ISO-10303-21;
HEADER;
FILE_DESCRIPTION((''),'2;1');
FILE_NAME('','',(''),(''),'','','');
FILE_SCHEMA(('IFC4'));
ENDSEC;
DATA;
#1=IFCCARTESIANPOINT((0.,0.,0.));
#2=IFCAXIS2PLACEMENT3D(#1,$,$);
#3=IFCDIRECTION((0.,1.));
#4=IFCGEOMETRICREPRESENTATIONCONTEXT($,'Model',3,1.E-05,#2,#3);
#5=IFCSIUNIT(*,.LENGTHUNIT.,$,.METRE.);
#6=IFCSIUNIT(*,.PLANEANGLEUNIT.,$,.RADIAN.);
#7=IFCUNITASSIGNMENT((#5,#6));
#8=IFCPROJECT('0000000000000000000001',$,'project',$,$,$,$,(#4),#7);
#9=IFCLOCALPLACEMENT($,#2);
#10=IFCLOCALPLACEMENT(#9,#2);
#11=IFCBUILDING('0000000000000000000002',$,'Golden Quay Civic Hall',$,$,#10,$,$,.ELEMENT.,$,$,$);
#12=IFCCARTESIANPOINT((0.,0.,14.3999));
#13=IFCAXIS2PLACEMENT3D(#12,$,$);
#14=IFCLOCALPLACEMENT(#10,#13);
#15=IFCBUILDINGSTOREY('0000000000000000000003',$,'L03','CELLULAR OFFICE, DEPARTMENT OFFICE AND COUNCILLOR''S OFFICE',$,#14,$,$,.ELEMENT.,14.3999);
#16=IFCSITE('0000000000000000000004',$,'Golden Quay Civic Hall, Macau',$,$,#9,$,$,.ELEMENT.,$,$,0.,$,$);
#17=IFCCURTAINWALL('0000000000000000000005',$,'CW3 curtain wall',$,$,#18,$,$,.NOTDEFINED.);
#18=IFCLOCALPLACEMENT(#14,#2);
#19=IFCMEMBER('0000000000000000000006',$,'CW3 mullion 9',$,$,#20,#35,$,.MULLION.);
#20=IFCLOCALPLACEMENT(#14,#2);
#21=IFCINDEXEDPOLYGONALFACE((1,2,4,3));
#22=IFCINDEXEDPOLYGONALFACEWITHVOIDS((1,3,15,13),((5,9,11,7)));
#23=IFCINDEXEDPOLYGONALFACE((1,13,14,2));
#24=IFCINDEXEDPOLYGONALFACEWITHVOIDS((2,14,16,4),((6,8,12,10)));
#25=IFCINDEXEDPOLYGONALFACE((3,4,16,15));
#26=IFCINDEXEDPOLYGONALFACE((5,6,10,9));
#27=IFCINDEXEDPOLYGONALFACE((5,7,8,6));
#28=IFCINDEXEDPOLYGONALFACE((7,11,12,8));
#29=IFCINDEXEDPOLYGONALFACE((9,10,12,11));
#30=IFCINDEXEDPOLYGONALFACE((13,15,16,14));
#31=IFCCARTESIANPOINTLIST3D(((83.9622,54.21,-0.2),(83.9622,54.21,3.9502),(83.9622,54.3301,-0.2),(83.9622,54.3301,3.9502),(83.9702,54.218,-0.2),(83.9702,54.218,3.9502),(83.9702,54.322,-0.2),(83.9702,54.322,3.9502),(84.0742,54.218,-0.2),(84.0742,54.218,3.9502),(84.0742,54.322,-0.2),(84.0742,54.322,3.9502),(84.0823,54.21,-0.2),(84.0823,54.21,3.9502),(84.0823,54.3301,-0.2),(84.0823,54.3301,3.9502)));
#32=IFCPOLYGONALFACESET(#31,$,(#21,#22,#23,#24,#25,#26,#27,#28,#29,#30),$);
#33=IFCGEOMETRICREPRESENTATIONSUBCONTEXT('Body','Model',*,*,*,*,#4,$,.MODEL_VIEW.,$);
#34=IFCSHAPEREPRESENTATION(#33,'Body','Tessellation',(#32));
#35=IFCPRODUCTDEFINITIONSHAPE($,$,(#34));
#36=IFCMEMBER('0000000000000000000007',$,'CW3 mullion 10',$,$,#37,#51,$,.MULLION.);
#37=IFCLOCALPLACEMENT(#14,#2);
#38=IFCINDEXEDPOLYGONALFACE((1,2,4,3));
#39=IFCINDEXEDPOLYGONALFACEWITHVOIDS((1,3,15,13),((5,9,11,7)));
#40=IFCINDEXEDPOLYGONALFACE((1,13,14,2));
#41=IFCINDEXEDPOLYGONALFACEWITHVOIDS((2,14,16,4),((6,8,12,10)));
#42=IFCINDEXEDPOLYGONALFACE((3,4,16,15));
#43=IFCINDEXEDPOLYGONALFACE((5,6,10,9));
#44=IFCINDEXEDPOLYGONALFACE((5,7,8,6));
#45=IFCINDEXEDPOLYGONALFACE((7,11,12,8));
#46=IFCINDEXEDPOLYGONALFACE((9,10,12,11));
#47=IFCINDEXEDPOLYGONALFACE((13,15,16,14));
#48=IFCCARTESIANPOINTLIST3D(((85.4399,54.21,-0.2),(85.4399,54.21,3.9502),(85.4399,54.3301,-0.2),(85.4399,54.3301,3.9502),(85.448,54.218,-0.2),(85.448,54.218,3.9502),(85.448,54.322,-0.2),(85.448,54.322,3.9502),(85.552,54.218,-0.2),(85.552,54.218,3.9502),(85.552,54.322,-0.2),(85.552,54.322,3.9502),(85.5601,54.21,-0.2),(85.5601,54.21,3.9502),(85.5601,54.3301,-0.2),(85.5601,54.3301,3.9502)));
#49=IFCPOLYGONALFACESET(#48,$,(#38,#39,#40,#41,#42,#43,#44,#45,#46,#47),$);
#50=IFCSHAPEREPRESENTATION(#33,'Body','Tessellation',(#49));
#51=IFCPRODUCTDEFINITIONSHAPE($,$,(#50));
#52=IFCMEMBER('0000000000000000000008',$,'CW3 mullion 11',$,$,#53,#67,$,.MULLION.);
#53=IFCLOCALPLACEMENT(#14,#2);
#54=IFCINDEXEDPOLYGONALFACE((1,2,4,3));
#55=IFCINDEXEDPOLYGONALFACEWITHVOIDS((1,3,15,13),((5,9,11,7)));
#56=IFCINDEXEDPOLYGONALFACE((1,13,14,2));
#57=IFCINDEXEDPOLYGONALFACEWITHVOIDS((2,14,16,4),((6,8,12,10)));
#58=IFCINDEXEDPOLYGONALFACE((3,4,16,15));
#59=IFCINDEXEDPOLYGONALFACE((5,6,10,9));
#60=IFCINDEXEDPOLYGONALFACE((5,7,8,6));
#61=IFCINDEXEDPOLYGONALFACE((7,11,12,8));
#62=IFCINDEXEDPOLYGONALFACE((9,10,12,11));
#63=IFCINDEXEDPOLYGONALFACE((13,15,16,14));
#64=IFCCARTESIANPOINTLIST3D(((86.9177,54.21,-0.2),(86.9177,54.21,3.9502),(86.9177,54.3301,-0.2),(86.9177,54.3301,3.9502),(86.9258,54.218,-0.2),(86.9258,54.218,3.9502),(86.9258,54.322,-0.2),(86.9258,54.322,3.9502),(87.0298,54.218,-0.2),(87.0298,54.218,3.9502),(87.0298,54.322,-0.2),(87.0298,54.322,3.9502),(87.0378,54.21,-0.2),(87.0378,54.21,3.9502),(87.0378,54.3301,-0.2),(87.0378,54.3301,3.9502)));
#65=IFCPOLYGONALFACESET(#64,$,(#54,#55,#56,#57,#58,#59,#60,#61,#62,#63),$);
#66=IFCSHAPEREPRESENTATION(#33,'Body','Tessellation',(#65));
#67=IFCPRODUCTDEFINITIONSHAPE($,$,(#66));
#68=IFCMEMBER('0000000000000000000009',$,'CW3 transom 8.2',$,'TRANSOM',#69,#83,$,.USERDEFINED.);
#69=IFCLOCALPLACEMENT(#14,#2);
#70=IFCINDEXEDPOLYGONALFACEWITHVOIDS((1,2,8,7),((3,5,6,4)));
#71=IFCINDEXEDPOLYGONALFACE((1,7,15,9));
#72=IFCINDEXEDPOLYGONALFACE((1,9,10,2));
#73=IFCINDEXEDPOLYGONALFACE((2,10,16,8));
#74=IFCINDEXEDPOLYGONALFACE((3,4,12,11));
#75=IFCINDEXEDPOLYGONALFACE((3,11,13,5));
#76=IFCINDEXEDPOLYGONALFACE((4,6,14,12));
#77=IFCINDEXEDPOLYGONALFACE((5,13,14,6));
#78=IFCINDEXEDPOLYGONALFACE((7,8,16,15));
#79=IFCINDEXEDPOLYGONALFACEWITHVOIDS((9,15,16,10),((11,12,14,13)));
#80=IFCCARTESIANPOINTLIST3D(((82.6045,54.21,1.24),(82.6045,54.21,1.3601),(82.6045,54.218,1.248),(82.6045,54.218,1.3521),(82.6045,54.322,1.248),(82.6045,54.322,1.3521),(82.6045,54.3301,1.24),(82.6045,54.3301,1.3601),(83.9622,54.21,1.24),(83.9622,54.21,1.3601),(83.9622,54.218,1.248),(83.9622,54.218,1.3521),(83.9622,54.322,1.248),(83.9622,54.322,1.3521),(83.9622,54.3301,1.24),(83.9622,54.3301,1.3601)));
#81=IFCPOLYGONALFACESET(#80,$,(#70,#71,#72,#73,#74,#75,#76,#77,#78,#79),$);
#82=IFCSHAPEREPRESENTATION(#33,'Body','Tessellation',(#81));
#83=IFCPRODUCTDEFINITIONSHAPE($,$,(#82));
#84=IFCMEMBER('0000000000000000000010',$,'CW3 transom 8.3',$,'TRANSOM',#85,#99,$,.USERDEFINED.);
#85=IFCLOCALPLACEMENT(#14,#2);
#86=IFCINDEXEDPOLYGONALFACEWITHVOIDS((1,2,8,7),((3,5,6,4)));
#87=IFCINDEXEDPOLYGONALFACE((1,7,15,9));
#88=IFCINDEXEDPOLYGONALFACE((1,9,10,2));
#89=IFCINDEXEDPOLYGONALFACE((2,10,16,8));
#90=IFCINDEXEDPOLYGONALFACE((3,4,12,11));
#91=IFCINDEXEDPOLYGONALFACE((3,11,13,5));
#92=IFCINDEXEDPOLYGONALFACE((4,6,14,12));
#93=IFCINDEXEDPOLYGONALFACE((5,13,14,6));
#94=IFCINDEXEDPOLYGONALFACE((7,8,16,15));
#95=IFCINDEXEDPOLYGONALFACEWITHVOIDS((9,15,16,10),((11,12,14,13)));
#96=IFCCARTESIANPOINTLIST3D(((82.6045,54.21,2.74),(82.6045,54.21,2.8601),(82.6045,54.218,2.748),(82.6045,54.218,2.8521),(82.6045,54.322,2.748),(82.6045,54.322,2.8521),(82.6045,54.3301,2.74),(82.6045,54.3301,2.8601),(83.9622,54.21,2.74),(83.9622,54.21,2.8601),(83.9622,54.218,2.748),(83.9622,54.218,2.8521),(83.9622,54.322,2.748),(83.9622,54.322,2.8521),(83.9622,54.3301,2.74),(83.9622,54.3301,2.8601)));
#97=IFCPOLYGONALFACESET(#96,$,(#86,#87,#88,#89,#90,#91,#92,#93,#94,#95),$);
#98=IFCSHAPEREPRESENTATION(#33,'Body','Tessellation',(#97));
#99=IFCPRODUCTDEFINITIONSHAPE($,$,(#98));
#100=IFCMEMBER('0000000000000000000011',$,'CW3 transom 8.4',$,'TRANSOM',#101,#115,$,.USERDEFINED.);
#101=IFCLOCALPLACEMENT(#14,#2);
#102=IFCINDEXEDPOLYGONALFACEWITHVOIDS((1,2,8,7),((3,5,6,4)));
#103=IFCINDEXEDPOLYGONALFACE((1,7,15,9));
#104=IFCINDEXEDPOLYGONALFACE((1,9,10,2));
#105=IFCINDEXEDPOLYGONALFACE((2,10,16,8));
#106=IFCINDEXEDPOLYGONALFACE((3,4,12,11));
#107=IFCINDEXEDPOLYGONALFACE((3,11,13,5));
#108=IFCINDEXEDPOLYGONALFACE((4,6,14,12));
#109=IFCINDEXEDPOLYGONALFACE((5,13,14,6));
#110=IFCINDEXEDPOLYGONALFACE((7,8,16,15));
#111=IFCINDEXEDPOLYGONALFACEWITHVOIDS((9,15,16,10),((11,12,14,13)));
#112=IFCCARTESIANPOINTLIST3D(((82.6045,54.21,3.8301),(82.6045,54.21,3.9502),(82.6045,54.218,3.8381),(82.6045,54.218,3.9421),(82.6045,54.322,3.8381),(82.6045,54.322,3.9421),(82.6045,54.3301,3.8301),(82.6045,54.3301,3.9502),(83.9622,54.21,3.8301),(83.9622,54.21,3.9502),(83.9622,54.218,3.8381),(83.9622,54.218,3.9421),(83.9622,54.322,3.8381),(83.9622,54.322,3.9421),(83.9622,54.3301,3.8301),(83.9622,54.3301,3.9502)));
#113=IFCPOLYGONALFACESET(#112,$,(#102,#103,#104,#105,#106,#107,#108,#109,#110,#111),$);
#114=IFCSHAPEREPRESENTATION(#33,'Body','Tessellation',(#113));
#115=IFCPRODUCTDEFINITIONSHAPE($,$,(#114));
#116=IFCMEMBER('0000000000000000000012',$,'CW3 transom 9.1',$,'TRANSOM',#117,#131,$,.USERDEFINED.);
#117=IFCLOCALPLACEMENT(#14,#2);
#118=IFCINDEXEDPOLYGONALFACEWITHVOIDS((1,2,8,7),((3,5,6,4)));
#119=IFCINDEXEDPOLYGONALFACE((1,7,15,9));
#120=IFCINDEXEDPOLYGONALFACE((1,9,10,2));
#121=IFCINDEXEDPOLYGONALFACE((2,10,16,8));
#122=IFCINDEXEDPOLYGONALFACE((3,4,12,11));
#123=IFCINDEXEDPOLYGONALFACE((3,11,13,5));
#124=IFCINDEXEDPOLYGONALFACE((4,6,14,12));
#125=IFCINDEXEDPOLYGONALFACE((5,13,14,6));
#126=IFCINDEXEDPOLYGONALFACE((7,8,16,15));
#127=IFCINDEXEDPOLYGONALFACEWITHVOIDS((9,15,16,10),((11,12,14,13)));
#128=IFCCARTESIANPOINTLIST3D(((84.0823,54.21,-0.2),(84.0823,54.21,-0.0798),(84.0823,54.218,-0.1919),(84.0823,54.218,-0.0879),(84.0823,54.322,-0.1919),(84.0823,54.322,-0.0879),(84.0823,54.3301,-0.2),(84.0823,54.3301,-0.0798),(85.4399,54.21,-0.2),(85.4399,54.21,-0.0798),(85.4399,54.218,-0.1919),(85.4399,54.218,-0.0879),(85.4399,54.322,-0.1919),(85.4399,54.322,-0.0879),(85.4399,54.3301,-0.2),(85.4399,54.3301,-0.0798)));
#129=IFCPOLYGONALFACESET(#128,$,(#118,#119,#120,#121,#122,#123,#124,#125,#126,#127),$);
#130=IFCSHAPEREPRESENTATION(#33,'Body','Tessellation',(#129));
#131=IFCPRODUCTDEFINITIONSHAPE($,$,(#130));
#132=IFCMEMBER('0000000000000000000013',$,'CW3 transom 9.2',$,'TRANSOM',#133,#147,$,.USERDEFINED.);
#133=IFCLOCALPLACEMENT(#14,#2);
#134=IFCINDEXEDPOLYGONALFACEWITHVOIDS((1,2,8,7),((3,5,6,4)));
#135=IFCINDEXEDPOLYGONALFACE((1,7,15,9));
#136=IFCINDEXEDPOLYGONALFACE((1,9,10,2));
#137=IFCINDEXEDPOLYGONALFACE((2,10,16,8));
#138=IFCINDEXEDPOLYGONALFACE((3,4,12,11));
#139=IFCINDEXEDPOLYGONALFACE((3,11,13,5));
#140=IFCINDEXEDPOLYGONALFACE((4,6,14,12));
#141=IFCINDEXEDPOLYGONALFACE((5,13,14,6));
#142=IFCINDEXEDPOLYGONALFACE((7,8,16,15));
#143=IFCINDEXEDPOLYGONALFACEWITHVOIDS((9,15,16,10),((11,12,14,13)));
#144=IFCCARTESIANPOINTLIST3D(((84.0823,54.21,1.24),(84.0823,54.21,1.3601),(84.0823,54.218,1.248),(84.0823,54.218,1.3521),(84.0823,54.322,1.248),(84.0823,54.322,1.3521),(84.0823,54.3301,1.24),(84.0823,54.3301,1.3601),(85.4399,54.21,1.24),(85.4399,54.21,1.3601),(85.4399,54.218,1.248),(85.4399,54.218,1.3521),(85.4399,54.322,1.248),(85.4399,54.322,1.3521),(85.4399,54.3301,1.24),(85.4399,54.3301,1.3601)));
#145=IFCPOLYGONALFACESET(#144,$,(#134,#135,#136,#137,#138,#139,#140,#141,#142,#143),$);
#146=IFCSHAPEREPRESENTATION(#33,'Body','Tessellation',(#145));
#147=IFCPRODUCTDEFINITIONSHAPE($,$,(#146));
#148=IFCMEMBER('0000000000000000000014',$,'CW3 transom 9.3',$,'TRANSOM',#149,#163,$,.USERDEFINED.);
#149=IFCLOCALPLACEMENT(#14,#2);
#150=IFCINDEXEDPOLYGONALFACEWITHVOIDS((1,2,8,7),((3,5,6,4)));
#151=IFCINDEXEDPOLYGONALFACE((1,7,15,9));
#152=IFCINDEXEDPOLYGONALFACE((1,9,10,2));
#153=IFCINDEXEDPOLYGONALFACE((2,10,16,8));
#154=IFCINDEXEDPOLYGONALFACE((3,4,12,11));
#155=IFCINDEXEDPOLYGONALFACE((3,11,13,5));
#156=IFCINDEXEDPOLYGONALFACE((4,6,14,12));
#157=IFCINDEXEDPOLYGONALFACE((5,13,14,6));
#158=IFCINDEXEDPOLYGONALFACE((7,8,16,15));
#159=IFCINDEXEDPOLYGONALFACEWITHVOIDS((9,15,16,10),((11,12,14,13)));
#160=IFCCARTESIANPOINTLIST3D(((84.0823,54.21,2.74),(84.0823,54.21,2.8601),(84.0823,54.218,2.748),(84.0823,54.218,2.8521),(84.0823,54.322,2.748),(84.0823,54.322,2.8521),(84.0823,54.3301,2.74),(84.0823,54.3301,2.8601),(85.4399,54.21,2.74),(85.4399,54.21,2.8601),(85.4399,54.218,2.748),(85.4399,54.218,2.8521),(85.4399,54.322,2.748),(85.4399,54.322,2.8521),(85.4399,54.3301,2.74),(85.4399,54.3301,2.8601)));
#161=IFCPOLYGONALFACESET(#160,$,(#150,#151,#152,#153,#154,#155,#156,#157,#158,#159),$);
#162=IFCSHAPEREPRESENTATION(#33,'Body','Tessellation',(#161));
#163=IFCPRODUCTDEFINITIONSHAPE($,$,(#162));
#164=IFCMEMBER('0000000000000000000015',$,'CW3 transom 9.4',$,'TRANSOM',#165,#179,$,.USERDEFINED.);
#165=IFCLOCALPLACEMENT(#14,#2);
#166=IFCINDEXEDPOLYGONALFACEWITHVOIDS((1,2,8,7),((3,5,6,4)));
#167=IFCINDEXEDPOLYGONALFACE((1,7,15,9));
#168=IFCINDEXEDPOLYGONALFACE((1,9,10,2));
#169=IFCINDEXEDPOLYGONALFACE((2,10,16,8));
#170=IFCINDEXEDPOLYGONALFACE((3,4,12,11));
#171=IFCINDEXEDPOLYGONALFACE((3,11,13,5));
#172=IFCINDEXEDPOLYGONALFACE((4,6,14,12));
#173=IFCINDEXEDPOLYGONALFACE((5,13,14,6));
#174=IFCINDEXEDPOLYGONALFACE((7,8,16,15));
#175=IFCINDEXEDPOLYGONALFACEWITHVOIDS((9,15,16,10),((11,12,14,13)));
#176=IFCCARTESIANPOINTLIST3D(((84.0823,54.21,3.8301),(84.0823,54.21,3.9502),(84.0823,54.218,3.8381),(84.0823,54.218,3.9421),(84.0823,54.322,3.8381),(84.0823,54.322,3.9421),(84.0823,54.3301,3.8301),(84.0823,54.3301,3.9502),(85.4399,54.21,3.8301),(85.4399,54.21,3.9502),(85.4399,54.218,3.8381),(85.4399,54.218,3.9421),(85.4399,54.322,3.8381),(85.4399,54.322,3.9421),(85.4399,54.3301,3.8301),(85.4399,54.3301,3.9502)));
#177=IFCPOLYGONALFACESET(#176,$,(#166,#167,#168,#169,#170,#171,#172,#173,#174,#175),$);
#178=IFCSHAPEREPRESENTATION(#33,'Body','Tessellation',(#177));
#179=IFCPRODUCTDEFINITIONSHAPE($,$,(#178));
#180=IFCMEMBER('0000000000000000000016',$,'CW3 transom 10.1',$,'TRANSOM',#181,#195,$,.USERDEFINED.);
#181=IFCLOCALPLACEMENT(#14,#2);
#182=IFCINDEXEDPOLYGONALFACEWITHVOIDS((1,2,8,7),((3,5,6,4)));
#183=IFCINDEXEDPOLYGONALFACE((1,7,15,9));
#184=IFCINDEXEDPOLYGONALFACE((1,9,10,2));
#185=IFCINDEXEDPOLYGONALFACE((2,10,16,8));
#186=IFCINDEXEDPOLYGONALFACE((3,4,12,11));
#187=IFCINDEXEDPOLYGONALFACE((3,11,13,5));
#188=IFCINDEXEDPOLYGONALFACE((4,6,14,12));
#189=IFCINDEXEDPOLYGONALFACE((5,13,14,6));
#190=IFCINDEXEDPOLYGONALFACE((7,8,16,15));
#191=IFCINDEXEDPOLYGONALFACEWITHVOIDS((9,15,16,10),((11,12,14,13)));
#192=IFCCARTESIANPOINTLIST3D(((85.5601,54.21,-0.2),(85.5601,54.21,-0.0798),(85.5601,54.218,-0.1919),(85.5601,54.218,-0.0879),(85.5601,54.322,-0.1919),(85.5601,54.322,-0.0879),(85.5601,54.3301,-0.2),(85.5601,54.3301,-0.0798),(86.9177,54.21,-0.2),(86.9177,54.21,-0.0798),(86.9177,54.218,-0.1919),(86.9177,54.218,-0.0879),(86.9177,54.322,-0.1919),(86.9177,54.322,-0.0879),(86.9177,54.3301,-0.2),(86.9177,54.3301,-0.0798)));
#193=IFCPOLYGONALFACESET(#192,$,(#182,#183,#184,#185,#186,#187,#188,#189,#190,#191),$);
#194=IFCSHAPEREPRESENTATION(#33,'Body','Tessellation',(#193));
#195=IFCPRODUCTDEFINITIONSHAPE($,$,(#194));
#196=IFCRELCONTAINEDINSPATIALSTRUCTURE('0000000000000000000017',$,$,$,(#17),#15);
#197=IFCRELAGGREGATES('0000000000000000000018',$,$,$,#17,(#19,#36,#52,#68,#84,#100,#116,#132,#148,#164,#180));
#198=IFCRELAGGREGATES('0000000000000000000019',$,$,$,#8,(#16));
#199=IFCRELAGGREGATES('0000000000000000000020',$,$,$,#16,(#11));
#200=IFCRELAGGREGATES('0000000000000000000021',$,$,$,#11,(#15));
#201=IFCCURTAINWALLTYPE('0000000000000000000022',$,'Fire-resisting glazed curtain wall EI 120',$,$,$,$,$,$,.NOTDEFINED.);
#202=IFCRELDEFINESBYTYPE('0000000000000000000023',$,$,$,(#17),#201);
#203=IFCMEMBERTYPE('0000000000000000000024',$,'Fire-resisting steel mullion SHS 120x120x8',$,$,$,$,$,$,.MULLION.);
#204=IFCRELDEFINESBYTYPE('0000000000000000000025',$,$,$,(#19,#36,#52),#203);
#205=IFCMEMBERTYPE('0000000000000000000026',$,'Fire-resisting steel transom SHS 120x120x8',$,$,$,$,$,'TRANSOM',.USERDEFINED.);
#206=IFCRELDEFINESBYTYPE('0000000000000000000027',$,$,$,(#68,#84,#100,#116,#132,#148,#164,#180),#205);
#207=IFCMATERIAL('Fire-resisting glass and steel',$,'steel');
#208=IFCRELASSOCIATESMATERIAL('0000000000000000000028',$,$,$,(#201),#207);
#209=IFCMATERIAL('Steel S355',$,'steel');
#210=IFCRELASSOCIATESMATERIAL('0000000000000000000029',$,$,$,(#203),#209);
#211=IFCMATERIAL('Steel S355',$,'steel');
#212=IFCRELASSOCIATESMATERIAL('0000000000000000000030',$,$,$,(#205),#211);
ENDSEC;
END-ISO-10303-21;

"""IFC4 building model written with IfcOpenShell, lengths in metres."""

from ifc_helpers import new_model, si_unit, direction, frame, origin, origin_2d, place, context, subcontext, project, spatial, hollow_rectangle, extrude, material, material_profile, profile_set, type_object, element, aggregate, save


model = new_model("IFC4")

# Units and contexts
model_context = context("Model", 3, precision=1e-05, world=origin(), true_north=direction((0.0, 1.0)))
body_context = subcontext(model_context, "Body", "Model", "MODEL_VIEW")
ifc_project = project(units=[si_unit("LENGTHUNIT", "METRE"), si_unit("PLANEANGLEUNIT", "RADIAN")], contexts=[model_context])

# Site, building, storey
site_placement = place(None, origin())
site = spatial("IfcSite", under=ifc_project, at=site_placement, Name="Golden Quay Civic Hall, Macau", CompositionType="ELEMENT", RefElevation=0.0)
building_placement = place(site_placement, origin())
building = spatial("IfcBuilding", under=site, at=building_placement, Name="Golden Quay Civic Hall", CompositionType="ELEMENT")
storey_placement = place(building_placement, frame((0.0, 0.0, 14.3999)))
storey = spatial("IfcBuildingStorey", under=building, at=storey_placement, Name="L03", Description="CELLULAR OFFICE, DEPARTMENT OFFICE AND COUNCILLOR'S OFFICE", CompositionType="ELEMENT", Elevation=14.3999)

# Curtain wall, members
ifc_material_1 = material(Name="Fire-resisting glass and steel", Category="steel")
curtain_wall_type = type_object("IfcCurtainWallType", Name="Fire-resisting glazed curtain wall EI 120", PredefinedType="NOTDEFINED", material=ifc_material_1)
curtain_wall_placement = place(storey_placement, origin())
curtain_wall = element("IfcCurtainWall", 1, at=curtain_wall_placement, inside=storey, type_object=curtain_wall_type, Name="CW3 curtain wall", PredefinedType="NOTDEFINED")
ifc_material_2 = material(Name="Steel S355", Category="steel")
ifc_material_profile_1 = material_profile(ifc_material_2, hollow_rectangle(XDim=0.1201, YDim=0.1201, WallThickness=0.0081, at=origin_2d()), Name="SHS 120x120x8")
ifc_profile_set_1 = profile_set([ifc_material_profile_1], Name="Steel S355")
member_type_1 = type_object("IfcMemberType", Name="Fire-resisting steel mullion SHS 120x120x8", PredefinedType="MULLION", material=ifc_profile_set_1)
member_1_placement = place(storey_placement, frame((84.0222, 54.27, -0.2), z_axis=(0.0, 0.0, 1.0), x_axis=(0.0, 1.0, 0.0)))
member_1 = element("IfcMember", 2, at=member_1_placement, type_object=member_type_1, Name="CW3 mullion 9", PredefinedType="MULLION", context=body_context, shape_type="SweptSolid", body=[
    extrude(hollow_rectangle(XDim=0.1201, YDim=0.1201, WallThickness=0.0081, at=origin_2d()), origin(), (0.0, 0.0, 1.0), 4.1501),
])
member_2_placement = place(storey_placement, frame((85.5, 54.27, -0.2), z_axis=(0.0, 0.0, 1.0), x_axis=(0.0, 1.0, 0.0)))
member_2 = element("IfcMember", 3, at=member_2_placement, type_object=member_type_1, Name="CW3 mullion 10", PredefinedType="MULLION", context=body_context, shape_type="SweptSolid", body=[
    extrude(hollow_rectangle(XDim=0.1201, YDim=0.1201, WallThickness=0.0081, at=origin_2d()), origin(), (0.0, 0.0, 1.0), 4.1501),
])
member_3_placement = place(storey_placement, frame((86.9778, 54.27, -0.2), z_axis=(0.0, 0.0, 1.0), x_axis=(0.0, 1.0, 0.0)))
member_3 = element("IfcMember", 4, at=member_3_placement, type_object=member_type_1, Name="CW3 mullion 11", PredefinedType="MULLION", context=body_context, shape_type="SweptSolid", body=[
    extrude(hollow_rectangle(XDim=0.1201, YDim=0.1201, WallThickness=0.0081, at=origin_2d()), origin(), (0.0, 0.0, 1.0), 4.1501),
])
ifc_material_3 = material(Name="Steel S355", Category="steel")
ifc_material_profile_2 = material_profile(ifc_material_3, hollow_rectangle(XDim=0.1201, YDim=0.1201, WallThickness=0.0081, at=origin_2d()), Name="SHS 120x120x8")
ifc_profile_set_2 = profile_set([ifc_material_profile_2], Name="Steel S355")
member_type_2 = type_object("IfcMemberType", Name="Fire-resisting steel transom SHS 120x120x8", ElementType="TRANSOM", PredefinedType="USERDEFINED", material=ifc_profile_set_2)
member_4_placement = place(storey_placement, frame((82.6045, 54.27, 1.3), z_axis=(1.0, 0.0, 0.0), x_axis=(0.0, 1.0, 0.0)))
member_4 = element("IfcMember", 5, at=member_4_placement, type_object=member_type_2, Name="CW3 transom 8.2", ObjectType="TRANSOM", PredefinedType="USERDEFINED", context=body_context, shape_type="SweptSolid", body=[
    extrude(hollow_rectangle(XDim=0.1201, YDim=0.1201, WallThickness=0.0081, at=origin_2d()), origin(), (0.0, 0.0, 1.0), 1.3577),
])
member_5_placement = place(storey_placement, frame((82.6045, 54.27, 2.8), z_axis=(1.0, 0.0, 0.0), x_axis=(0.0, 1.0, 0.0)))
member_5 = element("IfcMember", 6, at=member_5_placement, type_object=member_type_2, Name="CW3 transom 8.3", ObjectType="TRANSOM", PredefinedType="USERDEFINED", context=body_context, shape_type="SweptSolid", body=[
    extrude(hollow_rectangle(XDim=0.1201, YDim=0.1201, WallThickness=0.0081, at=origin_2d()), origin(), (0.0, 0.0, 1.0), 1.3577),
])
member_6_placement = place(storey_placement, frame((82.6045, 54.27, 3.8901), z_axis=(1.0, 0.0, 0.0), x_axis=(0.0, 1.0, 0.0)))
member_6 = element("IfcMember", 7, at=member_6_placement, type_object=member_type_2, Name="CW3 transom 8.4", ObjectType="TRANSOM", PredefinedType="USERDEFINED", context=body_context, shape_type="SweptSolid", body=[
    extrude(hollow_rectangle(XDim=0.1201, YDim=0.1201, WallThickness=0.0081, at=origin_2d()), origin(), (0.0, 0.0, 1.0), 1.3577),
])
member_7_placement = place(storey_placement, frame((84.0823, 54.27, -0.1399), z_axis=(1.0, 0.0, 0.0), x_axis=(0.0, 1.0, 0.0)))
member_7 = element("IfcMember", 8, at=member_7_placement, type_object=member_type_2, Name="CW3 transom 9.1", ObjectType="TRANSOM", PredefinedType="USERDEFINED", context=body_context, shape_type="SweptSolid", body=[
    extrude(hollow_rectangle(XDim=0.1201, YDim=0.1201, WallThickness=0.0081, at=origin_2d()), origin(), (0.0, 0.0, 1.0), 1.3577),
])
member_8_placement = place(storey_placement, frame((84.0823, 54.27, 1.3), z_axis=(1.0, 0.0, 0.0), x_axis=(0.0, 1.0, 0.0)))
member_8 = element("IfcMember", 9, at=member_8_placement, type_object=member_type_2, Name="CW3 transom 9.2", ObjectType="TRANSOM", PredefinedType="USERDEFINED", context=body_context, shape_type="SweptSolid", body=[
    extrude(hollow_rectangle(XDim=0.1201, YDim=0.1201, WallThickness=0.0081, at=origin_2d()), origin(), (0.0, 0.0, 1.0), 1.3577),
])
member_9_placement = place(storey_placement, frame((84.0823, 54.27, 2.8), z_axis=(1.0, 0.0, 0.0), x_axis=(0.0, 1.0, 0.0)))
member_9 = element("IfcMember", 10, at=member_9_placement, type_object=member_type_2, Name="CW3 transom 9.3", ObjectType="TRANSOM", PredefinedType="USERDEFINED", context=body_context, shape_type="SweptSolid", body=[
    extrude(hollow_rectangle(XDim=0.1201, YDim=0.1201, WallThickness=0.0081, at=origin_2d()), origin(), (0.0, 0.0, 1.0), 1.3577),
])
member_10_placement = place(storey_placement, frame((84.0823, 54.27, 3.8901), z_axis=(1.0, 0.0, 0.0), x_axis=(0.0, 1.0, 0.0)))
member_10 = element("IfcMember", 11, at=member_10_placement, type_object=member_type_2, Name="CW3 transom 9.4", ObjectType="TRANSOM", PredefinedType="USERDEFINED", context=body_context, shape_type="SweptSolid", body=[
    extrude(hollow_rectangle(XDim=0.1201, YDim=0.1201, WallThickness=0.0081, at=origin_2d()), origin(), (0.0, 0.0, 1.0), 1.3577),
])
member_11_placement = place(storey_placement, frame((85.5601, 54.27, -0.1399), z_axis=(1.0, 0.0, 0.0), x_axis=(0.0, 1.0, 0.0)))
member_11 = element("IfcMember", 12, at=member_11_placement, type_object=member_type_2, Name="CW3 transom 10.1", ObjectType="TRANSOM", PredefinedType="USERDEFINED", context=body_context, shape_type="SweptSolid", body=[
    extrude(hollow_rectangle(XDim=0.1201, YDim=0.1201, WallThickness=0.0081, at=origin_2d()), origin(), (0.0, 0.0, 1.0), 1.3577),
])
aggregate(curtain_wall, [member_1, member_2, member_3, member_4, member_5, member_6, member_7, member_8, member_9, member_10, member_11])

save(model, "model.ifc")
